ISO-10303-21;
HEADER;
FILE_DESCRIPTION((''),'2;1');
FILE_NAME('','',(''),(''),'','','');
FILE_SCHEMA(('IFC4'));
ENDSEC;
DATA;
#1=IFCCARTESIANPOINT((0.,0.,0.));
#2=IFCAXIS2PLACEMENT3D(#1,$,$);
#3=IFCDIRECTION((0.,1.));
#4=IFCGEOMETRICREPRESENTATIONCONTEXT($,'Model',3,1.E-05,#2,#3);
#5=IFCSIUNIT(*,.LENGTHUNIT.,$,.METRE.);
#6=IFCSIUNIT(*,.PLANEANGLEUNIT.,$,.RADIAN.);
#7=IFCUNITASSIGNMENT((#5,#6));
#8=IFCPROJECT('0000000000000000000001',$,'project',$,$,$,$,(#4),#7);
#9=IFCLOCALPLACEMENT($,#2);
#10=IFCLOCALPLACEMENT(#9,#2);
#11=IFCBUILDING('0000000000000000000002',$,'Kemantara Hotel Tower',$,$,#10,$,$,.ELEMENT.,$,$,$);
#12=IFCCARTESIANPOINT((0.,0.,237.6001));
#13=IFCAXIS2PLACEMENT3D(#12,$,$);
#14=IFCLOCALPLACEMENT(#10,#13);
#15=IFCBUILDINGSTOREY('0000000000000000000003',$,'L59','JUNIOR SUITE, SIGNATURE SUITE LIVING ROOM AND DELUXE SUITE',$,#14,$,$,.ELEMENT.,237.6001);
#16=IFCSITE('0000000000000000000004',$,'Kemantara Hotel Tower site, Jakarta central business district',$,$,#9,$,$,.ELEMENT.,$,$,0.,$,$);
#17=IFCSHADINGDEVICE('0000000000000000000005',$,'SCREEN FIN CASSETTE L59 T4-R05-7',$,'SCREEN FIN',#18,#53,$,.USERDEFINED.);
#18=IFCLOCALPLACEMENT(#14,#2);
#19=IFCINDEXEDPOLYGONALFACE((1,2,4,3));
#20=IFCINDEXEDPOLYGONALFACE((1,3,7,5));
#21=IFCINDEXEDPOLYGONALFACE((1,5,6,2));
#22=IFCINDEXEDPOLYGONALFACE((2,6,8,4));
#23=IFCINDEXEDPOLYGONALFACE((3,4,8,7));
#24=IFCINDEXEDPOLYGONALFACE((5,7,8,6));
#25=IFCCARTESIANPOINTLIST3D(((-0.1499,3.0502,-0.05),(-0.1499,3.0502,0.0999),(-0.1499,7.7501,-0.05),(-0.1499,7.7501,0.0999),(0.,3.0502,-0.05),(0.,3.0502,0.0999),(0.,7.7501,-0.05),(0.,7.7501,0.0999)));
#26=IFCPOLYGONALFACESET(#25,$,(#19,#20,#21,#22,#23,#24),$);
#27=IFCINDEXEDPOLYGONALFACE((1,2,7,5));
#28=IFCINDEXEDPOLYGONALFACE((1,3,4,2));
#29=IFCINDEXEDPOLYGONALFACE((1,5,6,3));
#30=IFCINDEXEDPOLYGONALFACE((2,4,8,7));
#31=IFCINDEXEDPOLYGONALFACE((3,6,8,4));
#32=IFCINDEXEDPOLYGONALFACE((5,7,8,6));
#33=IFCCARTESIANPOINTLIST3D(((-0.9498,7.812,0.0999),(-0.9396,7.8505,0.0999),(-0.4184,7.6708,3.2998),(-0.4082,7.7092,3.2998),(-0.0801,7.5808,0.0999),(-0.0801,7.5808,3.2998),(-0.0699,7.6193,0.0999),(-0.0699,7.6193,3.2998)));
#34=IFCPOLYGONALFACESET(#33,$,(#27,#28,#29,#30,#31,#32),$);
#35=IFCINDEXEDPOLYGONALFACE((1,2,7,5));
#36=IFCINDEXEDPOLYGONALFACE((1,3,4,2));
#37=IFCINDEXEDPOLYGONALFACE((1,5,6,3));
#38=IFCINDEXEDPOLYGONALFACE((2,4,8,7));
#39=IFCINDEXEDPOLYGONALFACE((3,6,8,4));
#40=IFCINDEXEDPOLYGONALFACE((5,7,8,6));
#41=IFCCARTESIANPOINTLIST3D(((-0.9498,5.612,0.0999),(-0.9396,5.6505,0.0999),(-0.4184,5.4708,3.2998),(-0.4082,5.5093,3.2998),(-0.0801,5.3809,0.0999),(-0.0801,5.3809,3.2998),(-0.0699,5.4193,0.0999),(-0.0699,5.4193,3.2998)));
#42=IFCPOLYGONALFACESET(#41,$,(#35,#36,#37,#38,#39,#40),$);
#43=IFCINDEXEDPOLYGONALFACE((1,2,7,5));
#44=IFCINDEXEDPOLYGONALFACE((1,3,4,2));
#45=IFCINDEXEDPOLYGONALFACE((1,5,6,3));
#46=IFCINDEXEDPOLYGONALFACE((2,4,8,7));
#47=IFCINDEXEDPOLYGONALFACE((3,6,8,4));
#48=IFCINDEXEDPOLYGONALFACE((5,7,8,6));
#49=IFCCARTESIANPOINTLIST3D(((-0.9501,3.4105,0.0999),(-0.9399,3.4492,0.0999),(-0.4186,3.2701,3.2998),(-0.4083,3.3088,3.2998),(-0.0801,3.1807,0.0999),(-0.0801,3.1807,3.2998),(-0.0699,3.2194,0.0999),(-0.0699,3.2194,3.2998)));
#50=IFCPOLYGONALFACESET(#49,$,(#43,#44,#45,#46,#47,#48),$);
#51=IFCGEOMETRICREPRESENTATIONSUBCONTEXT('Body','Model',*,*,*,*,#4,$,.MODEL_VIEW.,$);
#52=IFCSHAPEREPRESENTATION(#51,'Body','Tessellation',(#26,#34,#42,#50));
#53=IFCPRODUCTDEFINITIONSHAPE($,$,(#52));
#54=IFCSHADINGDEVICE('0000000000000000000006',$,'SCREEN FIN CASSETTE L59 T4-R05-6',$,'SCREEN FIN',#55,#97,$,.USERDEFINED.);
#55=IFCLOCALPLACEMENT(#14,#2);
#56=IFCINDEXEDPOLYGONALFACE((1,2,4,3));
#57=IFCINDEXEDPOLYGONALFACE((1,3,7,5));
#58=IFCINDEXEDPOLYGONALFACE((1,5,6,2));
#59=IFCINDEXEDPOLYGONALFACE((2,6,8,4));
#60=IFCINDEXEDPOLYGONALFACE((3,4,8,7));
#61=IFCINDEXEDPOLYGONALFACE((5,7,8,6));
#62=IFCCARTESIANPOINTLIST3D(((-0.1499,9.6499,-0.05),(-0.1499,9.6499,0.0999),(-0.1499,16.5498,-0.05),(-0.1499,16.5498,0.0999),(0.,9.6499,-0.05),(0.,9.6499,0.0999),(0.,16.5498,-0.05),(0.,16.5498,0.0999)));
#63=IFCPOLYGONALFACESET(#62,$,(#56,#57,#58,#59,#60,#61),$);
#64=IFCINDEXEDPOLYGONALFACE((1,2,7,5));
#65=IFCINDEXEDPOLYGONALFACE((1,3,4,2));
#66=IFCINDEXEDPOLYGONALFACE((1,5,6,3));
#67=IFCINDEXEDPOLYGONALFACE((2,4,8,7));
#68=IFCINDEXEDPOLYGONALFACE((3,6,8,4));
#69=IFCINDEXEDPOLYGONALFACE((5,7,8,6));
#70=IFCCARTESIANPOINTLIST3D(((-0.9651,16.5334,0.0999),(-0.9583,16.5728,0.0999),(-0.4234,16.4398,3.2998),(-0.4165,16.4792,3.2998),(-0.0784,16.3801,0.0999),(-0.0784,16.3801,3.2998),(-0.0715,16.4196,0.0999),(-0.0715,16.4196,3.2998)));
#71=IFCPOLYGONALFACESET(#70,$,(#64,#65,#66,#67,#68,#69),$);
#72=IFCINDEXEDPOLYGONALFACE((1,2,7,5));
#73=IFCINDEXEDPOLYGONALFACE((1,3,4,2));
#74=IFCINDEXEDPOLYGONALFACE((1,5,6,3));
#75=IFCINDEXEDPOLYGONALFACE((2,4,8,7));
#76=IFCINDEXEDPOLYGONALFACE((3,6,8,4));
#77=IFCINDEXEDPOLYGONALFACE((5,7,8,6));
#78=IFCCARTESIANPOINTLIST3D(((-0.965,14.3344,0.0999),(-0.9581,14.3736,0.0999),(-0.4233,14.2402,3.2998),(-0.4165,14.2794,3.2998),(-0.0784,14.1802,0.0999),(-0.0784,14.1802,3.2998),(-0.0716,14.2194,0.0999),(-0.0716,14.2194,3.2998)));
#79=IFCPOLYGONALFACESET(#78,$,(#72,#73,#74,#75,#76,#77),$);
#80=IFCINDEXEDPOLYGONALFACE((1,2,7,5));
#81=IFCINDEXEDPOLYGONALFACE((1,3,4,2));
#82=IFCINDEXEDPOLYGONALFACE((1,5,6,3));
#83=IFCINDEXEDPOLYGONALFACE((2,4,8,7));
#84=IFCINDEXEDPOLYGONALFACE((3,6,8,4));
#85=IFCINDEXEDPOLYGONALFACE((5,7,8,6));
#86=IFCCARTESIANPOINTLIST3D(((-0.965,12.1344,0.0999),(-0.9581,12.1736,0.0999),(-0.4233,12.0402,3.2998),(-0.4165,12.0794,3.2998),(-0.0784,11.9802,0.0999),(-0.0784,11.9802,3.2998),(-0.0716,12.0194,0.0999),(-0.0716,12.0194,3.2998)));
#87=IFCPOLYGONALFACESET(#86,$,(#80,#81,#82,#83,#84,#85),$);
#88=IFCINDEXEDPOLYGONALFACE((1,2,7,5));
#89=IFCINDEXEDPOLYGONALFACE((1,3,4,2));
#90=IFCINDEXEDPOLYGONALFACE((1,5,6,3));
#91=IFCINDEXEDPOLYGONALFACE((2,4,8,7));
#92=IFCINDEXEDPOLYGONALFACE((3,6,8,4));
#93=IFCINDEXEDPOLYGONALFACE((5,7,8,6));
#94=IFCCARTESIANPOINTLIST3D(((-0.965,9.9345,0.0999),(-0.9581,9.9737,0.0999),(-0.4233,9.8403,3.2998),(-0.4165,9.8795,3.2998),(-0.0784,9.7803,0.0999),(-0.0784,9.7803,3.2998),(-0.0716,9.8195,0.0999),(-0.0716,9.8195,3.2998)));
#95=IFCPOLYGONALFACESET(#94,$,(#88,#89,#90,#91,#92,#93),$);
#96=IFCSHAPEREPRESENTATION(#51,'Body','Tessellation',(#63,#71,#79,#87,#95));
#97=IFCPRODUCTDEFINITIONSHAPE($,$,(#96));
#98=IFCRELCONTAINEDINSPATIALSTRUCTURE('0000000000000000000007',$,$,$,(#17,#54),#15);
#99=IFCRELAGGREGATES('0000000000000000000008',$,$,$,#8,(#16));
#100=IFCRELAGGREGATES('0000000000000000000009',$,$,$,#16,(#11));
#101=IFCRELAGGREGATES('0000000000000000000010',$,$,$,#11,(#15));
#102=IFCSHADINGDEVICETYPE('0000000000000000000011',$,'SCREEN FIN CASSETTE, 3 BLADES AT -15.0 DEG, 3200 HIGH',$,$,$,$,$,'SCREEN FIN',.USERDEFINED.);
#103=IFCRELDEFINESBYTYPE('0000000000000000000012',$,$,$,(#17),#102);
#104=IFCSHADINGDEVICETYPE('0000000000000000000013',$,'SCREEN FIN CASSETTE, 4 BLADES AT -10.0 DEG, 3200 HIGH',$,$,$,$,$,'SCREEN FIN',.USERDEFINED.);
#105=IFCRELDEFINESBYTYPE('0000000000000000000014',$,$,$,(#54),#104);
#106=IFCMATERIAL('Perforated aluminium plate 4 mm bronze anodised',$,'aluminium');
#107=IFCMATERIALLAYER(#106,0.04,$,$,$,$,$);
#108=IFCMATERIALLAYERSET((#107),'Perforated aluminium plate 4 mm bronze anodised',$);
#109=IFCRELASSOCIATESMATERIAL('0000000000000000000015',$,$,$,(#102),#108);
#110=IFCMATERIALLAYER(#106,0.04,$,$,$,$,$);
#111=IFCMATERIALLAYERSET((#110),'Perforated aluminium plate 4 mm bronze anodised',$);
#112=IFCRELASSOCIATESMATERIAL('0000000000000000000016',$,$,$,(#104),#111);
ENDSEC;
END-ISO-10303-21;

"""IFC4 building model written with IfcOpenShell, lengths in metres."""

from ifc_helpers import new_model, si_unit, direction, frame, origin, origin_2d, place, context, subcontext, project, spatial, polyline, rectangle, outline, extrude, source, transform, mapped, material, layer, layer_set, type_object, element, save


model = new_model("IFC4")

# Units and contexts
model_context = context("Model", 3, precision=1e-05, world=origin(), true_north=direction((0.0, 1.0)))
body_context = subcontext(model_context, "Body", "Model", "MODEL_VIEW")
ifc_project = project(units=[si_unit("LENGTHUNIT", "METRE"), si_unit("PLANEANGLEUNIT", "RADIAN")], contexts=[model_context])

# Site, building, storey
site_placement = place(None, origin())
site = spatial("IfcSite", under=ifc_project, at=site_placement, Name="Kemantara Hotel Tower site, Jakarta central business district", CompositionType="ELEMENT", RefElevation=0.0)
building_placement = place(site_placement, origin())
building = spatial("IfcBuilding", under=site, at=building_placement, Name="Kemantara Hotel Tower", CompositionType="ELEMENT")
storey_placement = place(building_placement, frame((0.0, 0.0, 237.6001)))
storey = spatial("IfcBuildingStorey", under=building, at=storey_placement, Name="L59", Description="JUNIOR SUITE, SIGNATURE SUITE LIVING ROOM AND DELUXE SUITE", CompositionType="ELEMENT", Elevation=237.6001)

# Shading devices
ifc_material_1 = material(Name="Perforated aluminium plate 4 mm bronze anodised", Category="aluminium")
ifc_layer_1 = layer(ifc_material_1, 0.04)
ifc_layer_set_1 = layer_set([ifc_layer_1], Name="Perforated aluminium plate 4 mm bronze anodised")
shading_device_type_1 = type_object("IfcShadingDeviceType", Name="SCREEN FIN CASSETTE, 3 BLADES AT -15.0 DEG, 3200 HIGH", ElementType="SCREEN FIN", PredefinedType="USERDEFINED", material=ifc_layer_set_1)
shared_shape_1 = source(origin(), body_context, "Body", "SweptSolid", [
    extrude(rectangle(XDim=4.7, YDim=0.1499, at=origin_2d()), frame((2.2, -0.075, -0.1499), z_axis=(0.0, 0.0, 1.0), x_axis=(1.0, 0.0, 0.0)), (0.0, 0.0, 1.0), 0.1499),
    extrude(outline(polyline([(0.0, 0.0), (0.8999, 0.0), (0.3501, 3.2), (0.0, 3.2), (0.0, 0.0)])), frame((0.0193, -0.0801, 0.0), z_axis=(-0.966438, 0.256901, 0.0), x_axis=(-0.256901, -0.966438, 0.0)), (0.0, 0.0, 1.0), 0.0398),
    extrude(outline(polyline([(0.0, 0.0), (0.8999, 0.0), (0.3501, 3.2), (0.0, 3.2), (0.0, 0.0)])), frame((2.2192, -0.0801, 0.0), z_axis=(-0.966438, 0.256901, 0.0), x_axis=(-0.256901, -0.966438, 0.0)), (0.0, 0.0, 1.0), 0.0398),
    extrude(outline(polyline([(0.0, 0.0), (0.8999, 0.0), (0.3501, 3.2), (0.0, 3.2), (0.0, 0.0)])), frame((4.4194, -0.0801, 0.0), z_axis=(-0.966838, 0.255391, 0.0), x_axis=(-0.255391, -0.966838, 0.0)), (0.0, 0.0, 1.0), 0.04),
])
shading_device_1_placement = place(storey_placement, frame((0.0, 7.6001, 0.0999), z_axis=(0.0, 0.0, 1.0), x_axis=(0.0, -1.0, 0.0)))
element("IfcShadingDevice", 1, at=shading_device_1_placement, inside=storey, type_object=shading_device_type_1, Name="SCREEN FIN CASSETTE L59 T4-R05-7", ObjectType="SCREEN FIN", PredefinedType="USERDEFINED", context=body_context, shape_type="MappedRepresentation", body=[
    mapped(shared_shape_1, transform((0.0, 0.0, 0.0))),
])
ifc_layer_2 = layer(ifc_material_1, 0.04)
ifc_layer_set_2 = layer_set([ifc_layer_2], Name="Perforated aluminium plate 4 mm bronze anodised")
shading_device_type_2 = type_object("IfcShadingDeviceType", Name="SCREEN FIN CASSETTE, 4 BLADES AT -10.0 DEG, 3200 HIGH", ElementType="SCREEN FIN", PredefinedType="USERDEFINED", material=ifc_layer_set_2)
shared_shape_2 = source(origin(), body_context, "Body", "SweptSolid", [
    extrude(rectangle(XDim=6.8999, YDim=0.1499, at=origin_2d()), frame((3.3, -0.075, -0.1499), z_axis=(0.0, 0.0, 1.0), x_axis=(1.0, 0.0, 0.0)), (0.0, 0.0, 1.0), 0.1499),
    extrude(outline(polyline([(0.0, 0.0), (0.8999, 0.0), (0.3501, 3.2), (0.0, 3.2), (0.0, 0.0)])), frame((0.0198, -0.0784, 0.0), z_axis=(-0.98539, 0.170314, 0.0), x_axis=(-0.170314, -0.98539, 0.0)), (0.0, 0.0, 1.0), 0.04),
    extrude(outline(polyline([(0.0, 0.0), (0.8999, 0.0), (0.3501, 3.2), (0.0, 3.2), (0.0, 0.0)])), frame((2.2197, -0.0784, 0.0), z_axis=(-0.985212, 0.171341, 0.0), x_axis=(-0.171341, -0.985212, 0.0)), (0.0, 0.0, 1.0), 0.0398),
    extrude(outline(polyline([(0.0, 0.0), (0.8999, 0.0), (0.3501, 3.2), (0.0, 3.2), (0.0, 0.0)])), frame((4.4197, -0.0784, 0.0), z_axis=(-0.985212, 0.171341, 0.0), x_axis=(-0.171341, -0.985212, 0.0)), (0.0, 0.0, 1.0), 0.0398),
    extrude(outline(polyline([(0.0, 0.0), (0.8999, 0.0), (0.3501, 3.2), (0.0, 3.2), (0.0, 0.0)])), frame((6.6196, -0.0784, 0.0), z_axis=(-0.985212, 0.171341, 0.0), x_axis=(-0.171341, -0.985212, 0.0)), (0.0, 0.0, 1.0), 0.0398),
])
shading_device_2_placement = place(storey_placement, frame((0.0, 16.3999, 0.0999), z_axis=(0.0, 0.0, 1.0), x_axis=(0.0, -1.0, 0.0)))
element("IfcShadingDevice", 2, at=shading_device_2_placement, inside=storey, type_object=shading_device_type_2, Name="SCREEN FIN CASSETTE L59 T4-R05-6", ObjectType="SCREEN FIN", PredefinedType="USERDEFINED", context=body_context, shape_type="MappedRepresentation", body=[
    mapped(shared_shape_2, transform((0.0, 0.0, 0.0))),
])

save(model, "model.ifc")
